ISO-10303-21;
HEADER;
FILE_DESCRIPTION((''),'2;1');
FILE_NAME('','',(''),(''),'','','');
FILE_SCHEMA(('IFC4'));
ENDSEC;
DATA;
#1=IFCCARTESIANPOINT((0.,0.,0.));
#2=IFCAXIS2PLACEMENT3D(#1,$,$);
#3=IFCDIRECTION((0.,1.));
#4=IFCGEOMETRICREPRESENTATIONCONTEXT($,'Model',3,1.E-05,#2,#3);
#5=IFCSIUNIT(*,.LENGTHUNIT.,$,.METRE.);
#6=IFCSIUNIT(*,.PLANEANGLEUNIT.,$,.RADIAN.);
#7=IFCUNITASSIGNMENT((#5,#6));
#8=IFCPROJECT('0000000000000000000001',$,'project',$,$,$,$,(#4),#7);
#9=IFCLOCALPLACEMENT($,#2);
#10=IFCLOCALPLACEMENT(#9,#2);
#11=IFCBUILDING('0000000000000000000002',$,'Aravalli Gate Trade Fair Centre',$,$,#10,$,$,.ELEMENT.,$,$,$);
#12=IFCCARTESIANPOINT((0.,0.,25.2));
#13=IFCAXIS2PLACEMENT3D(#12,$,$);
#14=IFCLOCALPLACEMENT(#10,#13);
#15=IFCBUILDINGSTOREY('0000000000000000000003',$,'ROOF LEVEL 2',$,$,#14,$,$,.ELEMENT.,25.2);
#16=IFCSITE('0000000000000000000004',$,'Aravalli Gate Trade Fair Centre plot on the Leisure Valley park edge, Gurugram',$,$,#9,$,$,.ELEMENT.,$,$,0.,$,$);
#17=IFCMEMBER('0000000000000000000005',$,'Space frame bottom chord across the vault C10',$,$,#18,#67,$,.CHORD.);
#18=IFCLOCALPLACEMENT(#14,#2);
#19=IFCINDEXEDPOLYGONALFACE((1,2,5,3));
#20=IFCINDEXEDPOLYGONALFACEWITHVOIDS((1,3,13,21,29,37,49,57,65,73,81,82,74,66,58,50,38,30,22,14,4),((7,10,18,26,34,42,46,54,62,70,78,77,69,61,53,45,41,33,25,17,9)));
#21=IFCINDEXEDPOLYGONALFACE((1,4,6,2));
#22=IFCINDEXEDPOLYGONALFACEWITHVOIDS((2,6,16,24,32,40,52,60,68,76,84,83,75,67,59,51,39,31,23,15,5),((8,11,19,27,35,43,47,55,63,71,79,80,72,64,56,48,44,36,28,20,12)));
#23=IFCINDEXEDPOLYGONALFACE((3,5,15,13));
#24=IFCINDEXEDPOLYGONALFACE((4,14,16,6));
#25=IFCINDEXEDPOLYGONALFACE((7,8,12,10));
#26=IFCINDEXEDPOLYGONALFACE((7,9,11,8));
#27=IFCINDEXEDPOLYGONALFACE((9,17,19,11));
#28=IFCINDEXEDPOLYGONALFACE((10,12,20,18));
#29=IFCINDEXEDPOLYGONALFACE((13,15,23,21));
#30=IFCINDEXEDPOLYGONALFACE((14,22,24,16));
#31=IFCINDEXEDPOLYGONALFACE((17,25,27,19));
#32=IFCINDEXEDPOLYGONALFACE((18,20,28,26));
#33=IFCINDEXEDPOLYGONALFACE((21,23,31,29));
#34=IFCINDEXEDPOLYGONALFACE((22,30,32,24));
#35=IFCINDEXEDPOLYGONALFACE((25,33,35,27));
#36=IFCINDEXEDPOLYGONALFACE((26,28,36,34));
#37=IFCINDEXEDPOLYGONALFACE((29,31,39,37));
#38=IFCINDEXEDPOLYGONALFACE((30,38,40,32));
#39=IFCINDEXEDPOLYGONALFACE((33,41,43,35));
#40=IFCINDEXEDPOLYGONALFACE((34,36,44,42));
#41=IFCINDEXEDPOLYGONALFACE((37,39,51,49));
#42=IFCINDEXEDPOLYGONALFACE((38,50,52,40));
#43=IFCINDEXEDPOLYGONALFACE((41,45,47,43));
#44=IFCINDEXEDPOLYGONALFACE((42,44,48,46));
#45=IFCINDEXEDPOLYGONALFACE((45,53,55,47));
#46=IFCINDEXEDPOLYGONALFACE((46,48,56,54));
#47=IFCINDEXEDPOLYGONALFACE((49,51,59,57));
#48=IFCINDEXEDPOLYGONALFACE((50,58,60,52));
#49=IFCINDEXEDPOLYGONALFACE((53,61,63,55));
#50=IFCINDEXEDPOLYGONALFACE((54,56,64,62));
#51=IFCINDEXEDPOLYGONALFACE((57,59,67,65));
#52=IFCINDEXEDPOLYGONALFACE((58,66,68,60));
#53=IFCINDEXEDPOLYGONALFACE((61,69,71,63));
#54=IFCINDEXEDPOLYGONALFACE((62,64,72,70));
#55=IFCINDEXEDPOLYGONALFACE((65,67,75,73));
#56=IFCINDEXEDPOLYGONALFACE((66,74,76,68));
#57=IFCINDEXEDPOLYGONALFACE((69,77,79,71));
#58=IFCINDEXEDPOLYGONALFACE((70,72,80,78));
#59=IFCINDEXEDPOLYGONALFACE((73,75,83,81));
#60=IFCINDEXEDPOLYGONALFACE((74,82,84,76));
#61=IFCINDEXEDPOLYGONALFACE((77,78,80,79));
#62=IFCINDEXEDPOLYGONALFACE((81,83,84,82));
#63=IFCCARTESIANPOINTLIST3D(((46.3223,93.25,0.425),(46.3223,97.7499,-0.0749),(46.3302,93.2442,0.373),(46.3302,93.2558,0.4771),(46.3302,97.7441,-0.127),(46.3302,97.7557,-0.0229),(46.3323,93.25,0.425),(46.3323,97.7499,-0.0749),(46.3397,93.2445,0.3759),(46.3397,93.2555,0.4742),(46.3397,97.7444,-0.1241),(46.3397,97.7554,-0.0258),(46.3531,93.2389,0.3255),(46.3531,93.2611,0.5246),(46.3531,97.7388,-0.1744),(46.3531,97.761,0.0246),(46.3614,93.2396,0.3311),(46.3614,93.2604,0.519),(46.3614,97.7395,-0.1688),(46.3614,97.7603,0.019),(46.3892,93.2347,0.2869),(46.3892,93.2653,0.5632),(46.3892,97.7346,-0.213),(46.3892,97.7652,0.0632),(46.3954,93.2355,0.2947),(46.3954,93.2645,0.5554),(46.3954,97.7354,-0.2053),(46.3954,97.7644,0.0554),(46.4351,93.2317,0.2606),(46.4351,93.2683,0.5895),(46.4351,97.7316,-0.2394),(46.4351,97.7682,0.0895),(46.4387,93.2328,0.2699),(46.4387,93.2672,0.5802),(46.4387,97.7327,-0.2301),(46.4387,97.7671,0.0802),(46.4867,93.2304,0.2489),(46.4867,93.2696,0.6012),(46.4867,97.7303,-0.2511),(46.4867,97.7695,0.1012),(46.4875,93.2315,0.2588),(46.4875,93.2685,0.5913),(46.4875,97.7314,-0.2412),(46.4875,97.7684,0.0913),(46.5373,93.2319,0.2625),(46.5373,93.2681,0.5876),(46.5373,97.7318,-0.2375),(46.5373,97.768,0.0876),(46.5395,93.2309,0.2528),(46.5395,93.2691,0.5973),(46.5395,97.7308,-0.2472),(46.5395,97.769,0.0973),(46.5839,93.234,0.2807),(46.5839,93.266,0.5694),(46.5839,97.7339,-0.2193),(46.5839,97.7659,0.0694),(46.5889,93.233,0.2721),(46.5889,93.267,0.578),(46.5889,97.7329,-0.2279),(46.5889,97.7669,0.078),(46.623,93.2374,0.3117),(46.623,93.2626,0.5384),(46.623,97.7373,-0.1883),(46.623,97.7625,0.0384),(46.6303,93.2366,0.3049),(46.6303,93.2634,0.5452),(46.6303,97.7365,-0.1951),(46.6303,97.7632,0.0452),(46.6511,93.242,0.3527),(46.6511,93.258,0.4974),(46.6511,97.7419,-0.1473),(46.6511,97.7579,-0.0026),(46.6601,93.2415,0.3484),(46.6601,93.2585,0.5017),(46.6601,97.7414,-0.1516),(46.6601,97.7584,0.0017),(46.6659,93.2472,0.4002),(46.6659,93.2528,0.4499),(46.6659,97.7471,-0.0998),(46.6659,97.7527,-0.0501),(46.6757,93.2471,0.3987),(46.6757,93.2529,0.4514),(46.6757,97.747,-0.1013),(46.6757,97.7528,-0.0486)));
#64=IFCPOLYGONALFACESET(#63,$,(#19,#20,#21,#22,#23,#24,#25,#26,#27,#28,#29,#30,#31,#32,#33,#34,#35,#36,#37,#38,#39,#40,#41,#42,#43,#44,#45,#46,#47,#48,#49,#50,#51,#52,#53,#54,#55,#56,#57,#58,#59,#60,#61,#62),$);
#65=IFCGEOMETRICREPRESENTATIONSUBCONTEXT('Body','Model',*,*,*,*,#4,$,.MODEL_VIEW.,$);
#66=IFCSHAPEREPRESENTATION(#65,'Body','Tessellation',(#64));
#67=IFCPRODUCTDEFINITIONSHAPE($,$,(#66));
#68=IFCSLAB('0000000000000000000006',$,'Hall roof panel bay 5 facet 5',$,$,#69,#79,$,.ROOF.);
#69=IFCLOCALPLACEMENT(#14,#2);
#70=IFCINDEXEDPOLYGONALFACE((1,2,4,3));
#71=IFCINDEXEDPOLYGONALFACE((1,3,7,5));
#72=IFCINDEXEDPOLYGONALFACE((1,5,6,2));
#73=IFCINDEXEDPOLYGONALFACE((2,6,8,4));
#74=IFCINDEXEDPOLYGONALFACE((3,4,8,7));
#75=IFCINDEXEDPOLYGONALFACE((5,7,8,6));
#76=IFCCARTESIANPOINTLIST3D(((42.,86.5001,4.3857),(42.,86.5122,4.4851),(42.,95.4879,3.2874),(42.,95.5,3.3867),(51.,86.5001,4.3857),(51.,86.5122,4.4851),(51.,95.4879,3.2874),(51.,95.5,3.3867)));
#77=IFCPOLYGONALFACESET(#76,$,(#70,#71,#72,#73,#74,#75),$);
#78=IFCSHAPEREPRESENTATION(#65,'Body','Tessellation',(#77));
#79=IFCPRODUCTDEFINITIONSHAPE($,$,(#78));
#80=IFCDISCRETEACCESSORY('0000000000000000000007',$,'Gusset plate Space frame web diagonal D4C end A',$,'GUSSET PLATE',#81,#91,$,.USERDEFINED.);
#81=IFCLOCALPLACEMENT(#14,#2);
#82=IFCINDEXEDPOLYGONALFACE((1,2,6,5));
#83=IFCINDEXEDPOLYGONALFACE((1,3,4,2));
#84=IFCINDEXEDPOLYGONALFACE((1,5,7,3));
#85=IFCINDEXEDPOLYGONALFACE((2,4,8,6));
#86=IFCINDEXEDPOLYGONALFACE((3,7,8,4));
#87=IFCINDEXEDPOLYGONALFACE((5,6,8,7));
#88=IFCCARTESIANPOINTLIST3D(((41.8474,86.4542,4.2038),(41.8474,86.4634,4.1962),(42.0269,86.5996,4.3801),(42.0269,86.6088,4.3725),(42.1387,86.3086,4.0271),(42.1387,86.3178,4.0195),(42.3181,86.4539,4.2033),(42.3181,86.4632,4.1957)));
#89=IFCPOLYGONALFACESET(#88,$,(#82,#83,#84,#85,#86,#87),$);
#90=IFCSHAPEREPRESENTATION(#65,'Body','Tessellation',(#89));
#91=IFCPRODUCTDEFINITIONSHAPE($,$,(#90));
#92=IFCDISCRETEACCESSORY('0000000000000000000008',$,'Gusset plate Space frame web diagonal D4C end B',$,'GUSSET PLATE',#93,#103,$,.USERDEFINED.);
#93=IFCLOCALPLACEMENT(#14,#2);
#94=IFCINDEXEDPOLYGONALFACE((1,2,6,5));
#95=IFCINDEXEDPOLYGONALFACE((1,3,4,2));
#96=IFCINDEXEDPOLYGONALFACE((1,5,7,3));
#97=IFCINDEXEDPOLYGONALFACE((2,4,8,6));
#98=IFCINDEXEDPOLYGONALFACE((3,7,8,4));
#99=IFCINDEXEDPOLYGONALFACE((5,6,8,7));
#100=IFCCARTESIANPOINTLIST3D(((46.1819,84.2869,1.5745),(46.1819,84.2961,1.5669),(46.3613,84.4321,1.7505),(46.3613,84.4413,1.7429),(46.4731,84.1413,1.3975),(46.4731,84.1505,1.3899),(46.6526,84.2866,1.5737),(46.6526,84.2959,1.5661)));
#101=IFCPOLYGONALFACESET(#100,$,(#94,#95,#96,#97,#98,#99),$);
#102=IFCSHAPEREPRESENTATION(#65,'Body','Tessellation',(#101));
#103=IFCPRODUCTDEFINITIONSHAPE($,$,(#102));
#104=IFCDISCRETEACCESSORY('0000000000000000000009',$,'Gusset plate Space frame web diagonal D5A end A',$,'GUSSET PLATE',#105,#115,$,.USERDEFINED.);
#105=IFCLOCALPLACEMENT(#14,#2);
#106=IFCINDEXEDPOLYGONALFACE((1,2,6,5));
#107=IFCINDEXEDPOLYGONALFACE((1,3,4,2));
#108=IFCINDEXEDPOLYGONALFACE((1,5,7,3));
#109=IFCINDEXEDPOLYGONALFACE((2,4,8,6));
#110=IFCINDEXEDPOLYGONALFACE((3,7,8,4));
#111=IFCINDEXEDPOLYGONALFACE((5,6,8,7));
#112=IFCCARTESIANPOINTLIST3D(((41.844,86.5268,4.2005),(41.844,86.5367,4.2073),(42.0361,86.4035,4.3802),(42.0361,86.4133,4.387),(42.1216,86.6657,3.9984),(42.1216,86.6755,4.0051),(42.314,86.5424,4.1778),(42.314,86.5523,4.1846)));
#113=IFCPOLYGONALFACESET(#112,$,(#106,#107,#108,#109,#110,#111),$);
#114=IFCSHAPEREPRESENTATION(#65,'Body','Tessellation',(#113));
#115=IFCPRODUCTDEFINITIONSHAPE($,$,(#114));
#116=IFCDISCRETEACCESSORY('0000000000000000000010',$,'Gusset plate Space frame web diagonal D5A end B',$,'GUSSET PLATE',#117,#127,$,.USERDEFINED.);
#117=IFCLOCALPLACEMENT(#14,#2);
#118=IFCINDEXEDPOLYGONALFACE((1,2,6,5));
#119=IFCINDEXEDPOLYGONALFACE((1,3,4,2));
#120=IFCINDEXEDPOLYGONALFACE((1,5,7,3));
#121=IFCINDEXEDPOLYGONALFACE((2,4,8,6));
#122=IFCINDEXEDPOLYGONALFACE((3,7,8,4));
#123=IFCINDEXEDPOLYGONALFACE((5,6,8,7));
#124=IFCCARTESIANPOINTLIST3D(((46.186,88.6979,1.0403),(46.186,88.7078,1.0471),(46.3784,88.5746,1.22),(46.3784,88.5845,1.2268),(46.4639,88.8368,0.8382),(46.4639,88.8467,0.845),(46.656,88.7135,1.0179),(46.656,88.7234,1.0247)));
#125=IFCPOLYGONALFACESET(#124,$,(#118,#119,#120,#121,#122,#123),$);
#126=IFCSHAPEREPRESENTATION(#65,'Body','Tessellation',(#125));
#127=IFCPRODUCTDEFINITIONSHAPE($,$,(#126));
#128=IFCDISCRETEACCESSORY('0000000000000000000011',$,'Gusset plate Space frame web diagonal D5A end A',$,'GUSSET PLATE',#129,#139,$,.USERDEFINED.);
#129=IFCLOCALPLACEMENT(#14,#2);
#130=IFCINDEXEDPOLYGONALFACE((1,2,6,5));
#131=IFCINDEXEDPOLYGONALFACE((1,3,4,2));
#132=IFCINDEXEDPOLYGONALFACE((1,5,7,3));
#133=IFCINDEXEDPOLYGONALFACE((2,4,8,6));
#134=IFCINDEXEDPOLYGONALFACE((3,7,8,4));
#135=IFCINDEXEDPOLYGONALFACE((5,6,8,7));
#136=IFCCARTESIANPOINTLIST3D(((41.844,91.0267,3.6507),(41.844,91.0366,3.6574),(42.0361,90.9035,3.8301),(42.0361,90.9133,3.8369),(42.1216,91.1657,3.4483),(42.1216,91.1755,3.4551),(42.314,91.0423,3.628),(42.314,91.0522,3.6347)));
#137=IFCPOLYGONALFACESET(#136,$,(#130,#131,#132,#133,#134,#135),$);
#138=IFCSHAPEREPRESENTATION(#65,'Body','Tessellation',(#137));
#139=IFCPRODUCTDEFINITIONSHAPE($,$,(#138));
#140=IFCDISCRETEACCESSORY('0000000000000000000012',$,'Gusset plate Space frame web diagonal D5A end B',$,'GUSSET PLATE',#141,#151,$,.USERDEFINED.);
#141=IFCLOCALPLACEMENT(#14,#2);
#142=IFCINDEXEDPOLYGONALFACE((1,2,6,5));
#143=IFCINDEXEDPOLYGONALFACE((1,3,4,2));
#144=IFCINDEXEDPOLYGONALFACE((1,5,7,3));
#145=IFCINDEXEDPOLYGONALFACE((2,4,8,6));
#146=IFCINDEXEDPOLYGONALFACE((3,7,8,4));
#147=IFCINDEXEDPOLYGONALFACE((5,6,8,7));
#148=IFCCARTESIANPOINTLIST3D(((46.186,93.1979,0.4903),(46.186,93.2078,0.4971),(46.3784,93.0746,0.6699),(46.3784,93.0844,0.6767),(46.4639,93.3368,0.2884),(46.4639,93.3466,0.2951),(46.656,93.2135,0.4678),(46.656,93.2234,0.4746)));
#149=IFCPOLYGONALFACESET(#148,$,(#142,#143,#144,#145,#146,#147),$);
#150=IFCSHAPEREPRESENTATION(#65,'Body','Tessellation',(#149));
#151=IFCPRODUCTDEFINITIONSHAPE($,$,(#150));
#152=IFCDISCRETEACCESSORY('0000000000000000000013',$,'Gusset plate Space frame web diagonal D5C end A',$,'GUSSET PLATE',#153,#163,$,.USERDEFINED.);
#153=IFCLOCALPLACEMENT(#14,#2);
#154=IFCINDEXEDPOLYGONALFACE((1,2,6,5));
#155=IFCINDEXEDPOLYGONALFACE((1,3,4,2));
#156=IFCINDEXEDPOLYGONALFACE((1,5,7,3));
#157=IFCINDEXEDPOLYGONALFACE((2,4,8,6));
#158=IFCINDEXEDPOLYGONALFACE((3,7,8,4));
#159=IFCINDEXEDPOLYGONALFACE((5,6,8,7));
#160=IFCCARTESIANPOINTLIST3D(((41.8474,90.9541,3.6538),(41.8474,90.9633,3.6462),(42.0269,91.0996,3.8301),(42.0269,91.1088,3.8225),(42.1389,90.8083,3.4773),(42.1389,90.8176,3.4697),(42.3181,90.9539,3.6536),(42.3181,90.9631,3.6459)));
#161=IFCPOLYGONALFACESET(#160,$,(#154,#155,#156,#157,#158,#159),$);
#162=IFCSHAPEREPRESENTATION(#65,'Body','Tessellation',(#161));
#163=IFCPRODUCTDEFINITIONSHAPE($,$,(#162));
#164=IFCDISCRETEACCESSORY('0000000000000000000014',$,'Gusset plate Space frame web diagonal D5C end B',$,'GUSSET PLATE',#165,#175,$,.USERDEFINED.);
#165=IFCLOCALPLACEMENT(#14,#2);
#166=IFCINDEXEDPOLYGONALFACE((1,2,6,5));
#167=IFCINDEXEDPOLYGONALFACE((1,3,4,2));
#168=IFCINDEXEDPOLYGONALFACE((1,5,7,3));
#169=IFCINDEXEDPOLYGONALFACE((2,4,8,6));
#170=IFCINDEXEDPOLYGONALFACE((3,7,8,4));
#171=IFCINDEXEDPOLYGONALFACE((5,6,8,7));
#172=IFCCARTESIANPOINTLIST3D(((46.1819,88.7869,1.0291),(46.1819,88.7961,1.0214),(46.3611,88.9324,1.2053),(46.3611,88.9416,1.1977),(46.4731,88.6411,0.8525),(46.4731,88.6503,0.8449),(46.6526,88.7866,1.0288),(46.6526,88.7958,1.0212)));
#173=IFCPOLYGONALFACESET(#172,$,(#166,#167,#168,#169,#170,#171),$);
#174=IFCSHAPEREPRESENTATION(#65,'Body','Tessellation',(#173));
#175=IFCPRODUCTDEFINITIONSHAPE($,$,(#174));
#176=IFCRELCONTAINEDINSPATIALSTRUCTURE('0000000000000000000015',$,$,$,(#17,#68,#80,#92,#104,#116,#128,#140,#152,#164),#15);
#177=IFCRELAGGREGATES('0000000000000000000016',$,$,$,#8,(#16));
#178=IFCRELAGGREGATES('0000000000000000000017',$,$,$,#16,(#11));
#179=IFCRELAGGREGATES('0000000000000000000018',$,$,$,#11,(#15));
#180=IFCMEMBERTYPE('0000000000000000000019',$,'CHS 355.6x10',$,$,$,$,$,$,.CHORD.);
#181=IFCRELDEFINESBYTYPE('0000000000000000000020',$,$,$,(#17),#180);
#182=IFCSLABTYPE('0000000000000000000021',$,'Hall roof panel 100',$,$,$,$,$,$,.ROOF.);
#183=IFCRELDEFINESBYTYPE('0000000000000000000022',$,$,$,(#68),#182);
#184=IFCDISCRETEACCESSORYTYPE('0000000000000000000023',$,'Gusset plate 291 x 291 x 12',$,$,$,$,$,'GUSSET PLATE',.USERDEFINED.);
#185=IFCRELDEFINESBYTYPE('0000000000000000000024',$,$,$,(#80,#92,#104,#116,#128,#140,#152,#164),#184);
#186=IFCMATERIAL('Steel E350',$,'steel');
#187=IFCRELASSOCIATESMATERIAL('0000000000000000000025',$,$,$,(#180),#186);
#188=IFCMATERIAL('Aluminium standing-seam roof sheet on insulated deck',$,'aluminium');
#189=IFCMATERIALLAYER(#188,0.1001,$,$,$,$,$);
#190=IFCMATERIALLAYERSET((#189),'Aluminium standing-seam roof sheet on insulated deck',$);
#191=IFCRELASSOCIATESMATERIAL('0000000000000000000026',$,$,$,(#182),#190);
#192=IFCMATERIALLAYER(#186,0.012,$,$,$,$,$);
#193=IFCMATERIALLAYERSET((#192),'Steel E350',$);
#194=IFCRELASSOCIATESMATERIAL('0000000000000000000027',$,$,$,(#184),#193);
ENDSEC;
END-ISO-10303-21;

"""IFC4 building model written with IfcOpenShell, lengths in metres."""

from ifc_helpers import new_model, si_unit, direction, frame, origin, origin_2d, place, context, subcontext, project, spatial, polyline, hollow_circle, outline, extrude, material, layer, layer_set, material_profile, profile_set, type_object, element, save


model = new_model("IFC4")

# Units and contexts
model_context = context("Model", 3, precision=1e-05, world=origin(), true_north=direction((0.0, 1.0)))
body_context = subcontext(model_context, "Body", "Model", "MODEL_VIEW")
ifc_project = project(units=[si_unit("LENGTHUNIT", "METRE"), si_unit("PLANEANGLEUNIT", "RADIAN")], contexts=[model_context])

# Site, building, storey
site_placement = place(None, origin())
site = spatial("IfcSite", under=ifc_project, at=site_placement, Name="Aravalli Gate Trade Fair Centre plot on the Leisure Valley park edge, Gurugram", CompositionType="ELEMENT", RefElevation=0.0)
building_placement = place(site_placement, origin())
building = spatial("IfcBuilding", under=site, at=building_placement, Name="Aravalli Gate Trade Fair Centre", CompositionType="ELEMENT")
storey_placement = place(building_placement, frame((0.0, 0.0, 25.2)))
storey = spatial("IfcBuildingStorey", under=building, at=storey_placement, Name="ROOF LEVEL 2", CompositionType="ELEMENT", Elevation=25.2)

# Member
ifc_material_1 = material(Name="Steel E350", Category="steel")
ifc_material_profile_1 = material_profile(ifc_material_1, hollow_circle(Radius=0.1777, WallThickness=0.01, at=origin_2d()), Name="CHS 355.6x10")
ifc_profile_set_1 = profile_set([ifc_material_profile_1], Name="Steel E350")
member_type_1 = type_object("IfcMemberType", Name="CHS 355.6x10", PredefinedType="CHORD", material=ifc_profile_set_1)
member_1_placement = place(storey_placement, frame((46.5, 93.25, 0.425), z_axis=(0.0, 0.993884, -0.110432), x_axis=(-1.0, 0.0, 0.0)))
element("IfcMember", 1, at=member_1_placement, inside=storey, type_object=member_type_1, Name="Space frame bottom chord across the vault C10", PredefinedType="CHORD", context=body_context, shape_type="SweptSolid", body=[
    extrude(hollow_circle(Radius=0.1777, WallThickness=0.01, at=origin_2d()), origin(), (0.0, 0.0, 1.0), 4.5276),
])

# Slab
ifc_material_2 = material(Name="Aluminium standing-seam roof sheet on insulated deck", Category="aluminium")
ifc_layer_1 = layer(ifc_material_2, 0.1001)
ifc_layer_set_1 = layer_set([ifc_layer_1], Name="Aluminium standing-seam roof sheet on insulated deck")
slab_type = type_object("IfcSlabType", Name="Hall roof panel 100", PredefinedType="ROOF", material=ifc_layer_set_1)
slab_placement = place(storey_placement, frame((42.0, 86.5122, 4.4851), z_axis=(0.0, 0.121306, 0.992615), x_axis=(1.0, 0.0, 0.0)))
element("IfcSlab", 2, at=slab_placement, inside=storey, type_object=slab_type, Name="Hall roof panel bay 5 facet 5", PredefinedType="ROOF", context=body_context, shape_type="SweptSolid", body=[
    extrude(outline(polyline([(0.0, 0.0), (9.0, 0.0), (9.0, 9.0547), (0.0, 9.0547), (0.0, 0.0)])), origin(), (0.0, 0.0, -1.0), 0.1001),
])

# Discrete accessories
ifc_layer_2 = layer(ifc_material_1, 0.012)
ifc_layer_set_2 = layer_set([ifc_layer_2], Name="Steel E350")
discrete_accessory_type = type_object("IfcDiscreteAccessoryType", Name="Gusset plate 291 x 291 x 12", ElementType="GUSSET PLATE", PredefinedType="USERDEFINED", material=ifc_layer_set_2)
discrete_accessory_1_placement = place(storey_placement, frame((42.1387, 86.3086, 4.0271), z_axis=(0.00026, -0.771582, 0.63613), x_axis=(-0.78619, 0.392962, 0.476956)))
element("IfcDiscreteAccessory", 3, at=discrete_accessory_1_placement, inside=storey, type_object=discrete_accessory_type, Name="Gusset plate Space frame web diagonal D4C end A", ObjectType="GUSSET PLATE", PredefinedType="USERDEFINED", context=body_context, shape_type="SweptSolid", body=[
    extrude(outline(polyline([(0.0, 0.0), (0.3705, 0.0), (0.3706, -0.2906), (0.0001, -0.2905), (0.0, 0.0)])), origin(), (0.0, 0.0, -1.0), 0.012),
])
discrete_accessory_2_placement = place(storey_placement, frame((46.1819, 84.2869, 1.5745), z_axis=(0.000589, -0.771792, 0.635874), x_axis=(0.785943, -0.392803, -0.477493)))
element("IfcDiscreteAccessory", 4, at=discrete_accessory_2_placement, inside=storey, type_object=discrete_accessory_type, Name="Gusset plate Space frame web diagonal D4C end B", ObjectType="GUSSET PLATE", PredefinedType="USERDEFINED", context=body_context, shape_type="SweptSolid", body=[
    extrude(outline(polyline([(0.0, 0.0), (0.3706, 0.0), (0.3704, 0.2905), (-0.0001, 0.2903), (0.0, 0.0)])), origin(), (0.0, 0.0, -1.0), 0.012),
])
discrete_accessory_3_placement = place(storey_placement, frame((42.1216, 86.6755, 4.0051), z_axis=(-0.000059, 0.824356, 0.566072), x_axis=(-0.749371, -0.374861, 0.545822)))
element("IfcDiscreteAccessory", 5, at=discrete_accessory_3_placement, inside=storey, type_object=discrete_accessory_type, Name="Gusset plate Space frame web diagonal D5A end A", ObjectType="GUSSET PLATE", PredefinedType="USERDEFINED", context=body_context, shape_type="SweptSolid", body=[
    extrude(outline(polyline([(0.0, 0.0), (0.3704, 0.0), (0.3707, 0.2905), (0.0, 0.2905), (0.0, 0.0)])), origin(), (0.0, 0.0, -1.0), 0.012),
])
discrete_accessory_4_placement = place(storey_placement, frame((46.186, 88.7078, 1.0471), z_axis=(-0.000356, 0.824387, 0.566027), x_axis=(0.74966, 0.37483, -0.545447)))
element("IfcDiscreteAccessory", 6, at=discrete_accessory_4_placement, inside=storey, type_object=discrete_accessory_type, Name="Gusset plate Space frame web diagonal D5A end B", ObjectType="GUSSET PLATE", PredefinedType="USERDEFINED", context=body_context, shape_type="SweptSolid", body=[
    extrude(outline(polyline([(0.0, 0.0), (0.3706, 0.0), (0.3704, -0.2905), (0.0, -0.2907), (0.0, 0.0)])), origin(), (0.0, 0.0, -1.0), 0.012),
])
discrete_accessory_5_placement = place(storey_placement, frame((42.1216, 91.1755, 3.4551), z_axis=(-0.000059, 0.824356, 0.566072), x_axis=(-0.749102, -0.375034, 0.546073)))
element("IfcDiscreteAccessory", 7, at=discrete_accessory_5_placement, inside=storey, type_object=discrete_accessory_type, Name="Gusset plate Space frame web diagonal D5A end A", ObjectType="GUSSET PLATE", PredefinedType="USERDEFINED", context=body_context, shape_type="SweptSolid", body=[
    extrude(outline(polyline([(0.0, 0.0), (0.3706, 0.0), (0.3709, 0.2904), (0.0002, 0.2907), (0.0, 0.0)])), origin(), (0.0, 0.0, -1.0), 0.012),
])
discrete_accessory_6_placement = place(storey_placement, frame((46.186, 93.2078, 0.4971), z_axis=(-0.000339, 0.824216, 0.566276), x_axis=(0.749929, 0.374811, -0.545089)))
element("IfcDiscreteAccessory", 8, at=discrete_accessory_6_placement, inside=storey, type_object=discrete_accessory_type, Name="Gusset plate Space frame web diagonal D5A end B", ObjectType="GUSSET PLATE", PredefinedType="USERDEFINED", context=body_context, shape_type="SweptSolid", body=[
    extrude(outline(polyline([(0.0, 0.0), (0.3705, 0.0), (0.3705, -0.2904), (0.0001, -0.2907), (0.0, 0.0)])), origin(), (0.0, 0.0, -1.0), 0.012),
])
discrete_accessory_7_placement = place(storey_placement, frame((42.1389, 90.8083, 3.4773), z_axis=(-0.00007, -0.771155, 0.636648), x_axis=(-0.786484, 0.393242, 0.476238)))
element("IfcDiscreteAccessory", 9, at=discrete_accessory_7_placement, inside=storey, type_object=discrete_accessory_type, Name="Gusset plate Space frame web diagonal D5C end A", ObjectType="GUSSET PLATE", PredefinedType="USERDEFINED", context=body_context, shape_type="SweptSolid", body=[
    extrude(outline(polyline([(0.0, 0.0), (0.3706, 0.0), (0.3707, -0.2906), (0.0002, -0.2904), (0.0, 0.0)])), origin(), (0.0, 0.0, -1.0), 0.012),
])
discrete_accessory_8_placement = place(storey_placement, frame((46.1819, 88.7869, 1.0291), z_axis=(-0.00007, -0.771155, 0.636648), x_axis=(0.786233, -0.393446, -0.476485)))
element("IfcDiscreteAccessory", 10, at=discrete_accessory_8_placement, inside=storey, type_object=discrete_accessory_type, Name="Gusset plate Space frame web diagonal D5C end B", ObjectType="GUSSET PLATE", PredefinedType="USERDEFINED", context=body_context, shape_type="SweptSolid", body=[
    extrude(outline(polyline([(0.0, 0.0), (0.3704, 0.0), (0.3703, 0.2906), (-0.0003, 0.2904), (0.0, 0.0)])), origin(), (0.0, 0.0, -1.0), 0.012),
])

save(model, "model.ifc")
